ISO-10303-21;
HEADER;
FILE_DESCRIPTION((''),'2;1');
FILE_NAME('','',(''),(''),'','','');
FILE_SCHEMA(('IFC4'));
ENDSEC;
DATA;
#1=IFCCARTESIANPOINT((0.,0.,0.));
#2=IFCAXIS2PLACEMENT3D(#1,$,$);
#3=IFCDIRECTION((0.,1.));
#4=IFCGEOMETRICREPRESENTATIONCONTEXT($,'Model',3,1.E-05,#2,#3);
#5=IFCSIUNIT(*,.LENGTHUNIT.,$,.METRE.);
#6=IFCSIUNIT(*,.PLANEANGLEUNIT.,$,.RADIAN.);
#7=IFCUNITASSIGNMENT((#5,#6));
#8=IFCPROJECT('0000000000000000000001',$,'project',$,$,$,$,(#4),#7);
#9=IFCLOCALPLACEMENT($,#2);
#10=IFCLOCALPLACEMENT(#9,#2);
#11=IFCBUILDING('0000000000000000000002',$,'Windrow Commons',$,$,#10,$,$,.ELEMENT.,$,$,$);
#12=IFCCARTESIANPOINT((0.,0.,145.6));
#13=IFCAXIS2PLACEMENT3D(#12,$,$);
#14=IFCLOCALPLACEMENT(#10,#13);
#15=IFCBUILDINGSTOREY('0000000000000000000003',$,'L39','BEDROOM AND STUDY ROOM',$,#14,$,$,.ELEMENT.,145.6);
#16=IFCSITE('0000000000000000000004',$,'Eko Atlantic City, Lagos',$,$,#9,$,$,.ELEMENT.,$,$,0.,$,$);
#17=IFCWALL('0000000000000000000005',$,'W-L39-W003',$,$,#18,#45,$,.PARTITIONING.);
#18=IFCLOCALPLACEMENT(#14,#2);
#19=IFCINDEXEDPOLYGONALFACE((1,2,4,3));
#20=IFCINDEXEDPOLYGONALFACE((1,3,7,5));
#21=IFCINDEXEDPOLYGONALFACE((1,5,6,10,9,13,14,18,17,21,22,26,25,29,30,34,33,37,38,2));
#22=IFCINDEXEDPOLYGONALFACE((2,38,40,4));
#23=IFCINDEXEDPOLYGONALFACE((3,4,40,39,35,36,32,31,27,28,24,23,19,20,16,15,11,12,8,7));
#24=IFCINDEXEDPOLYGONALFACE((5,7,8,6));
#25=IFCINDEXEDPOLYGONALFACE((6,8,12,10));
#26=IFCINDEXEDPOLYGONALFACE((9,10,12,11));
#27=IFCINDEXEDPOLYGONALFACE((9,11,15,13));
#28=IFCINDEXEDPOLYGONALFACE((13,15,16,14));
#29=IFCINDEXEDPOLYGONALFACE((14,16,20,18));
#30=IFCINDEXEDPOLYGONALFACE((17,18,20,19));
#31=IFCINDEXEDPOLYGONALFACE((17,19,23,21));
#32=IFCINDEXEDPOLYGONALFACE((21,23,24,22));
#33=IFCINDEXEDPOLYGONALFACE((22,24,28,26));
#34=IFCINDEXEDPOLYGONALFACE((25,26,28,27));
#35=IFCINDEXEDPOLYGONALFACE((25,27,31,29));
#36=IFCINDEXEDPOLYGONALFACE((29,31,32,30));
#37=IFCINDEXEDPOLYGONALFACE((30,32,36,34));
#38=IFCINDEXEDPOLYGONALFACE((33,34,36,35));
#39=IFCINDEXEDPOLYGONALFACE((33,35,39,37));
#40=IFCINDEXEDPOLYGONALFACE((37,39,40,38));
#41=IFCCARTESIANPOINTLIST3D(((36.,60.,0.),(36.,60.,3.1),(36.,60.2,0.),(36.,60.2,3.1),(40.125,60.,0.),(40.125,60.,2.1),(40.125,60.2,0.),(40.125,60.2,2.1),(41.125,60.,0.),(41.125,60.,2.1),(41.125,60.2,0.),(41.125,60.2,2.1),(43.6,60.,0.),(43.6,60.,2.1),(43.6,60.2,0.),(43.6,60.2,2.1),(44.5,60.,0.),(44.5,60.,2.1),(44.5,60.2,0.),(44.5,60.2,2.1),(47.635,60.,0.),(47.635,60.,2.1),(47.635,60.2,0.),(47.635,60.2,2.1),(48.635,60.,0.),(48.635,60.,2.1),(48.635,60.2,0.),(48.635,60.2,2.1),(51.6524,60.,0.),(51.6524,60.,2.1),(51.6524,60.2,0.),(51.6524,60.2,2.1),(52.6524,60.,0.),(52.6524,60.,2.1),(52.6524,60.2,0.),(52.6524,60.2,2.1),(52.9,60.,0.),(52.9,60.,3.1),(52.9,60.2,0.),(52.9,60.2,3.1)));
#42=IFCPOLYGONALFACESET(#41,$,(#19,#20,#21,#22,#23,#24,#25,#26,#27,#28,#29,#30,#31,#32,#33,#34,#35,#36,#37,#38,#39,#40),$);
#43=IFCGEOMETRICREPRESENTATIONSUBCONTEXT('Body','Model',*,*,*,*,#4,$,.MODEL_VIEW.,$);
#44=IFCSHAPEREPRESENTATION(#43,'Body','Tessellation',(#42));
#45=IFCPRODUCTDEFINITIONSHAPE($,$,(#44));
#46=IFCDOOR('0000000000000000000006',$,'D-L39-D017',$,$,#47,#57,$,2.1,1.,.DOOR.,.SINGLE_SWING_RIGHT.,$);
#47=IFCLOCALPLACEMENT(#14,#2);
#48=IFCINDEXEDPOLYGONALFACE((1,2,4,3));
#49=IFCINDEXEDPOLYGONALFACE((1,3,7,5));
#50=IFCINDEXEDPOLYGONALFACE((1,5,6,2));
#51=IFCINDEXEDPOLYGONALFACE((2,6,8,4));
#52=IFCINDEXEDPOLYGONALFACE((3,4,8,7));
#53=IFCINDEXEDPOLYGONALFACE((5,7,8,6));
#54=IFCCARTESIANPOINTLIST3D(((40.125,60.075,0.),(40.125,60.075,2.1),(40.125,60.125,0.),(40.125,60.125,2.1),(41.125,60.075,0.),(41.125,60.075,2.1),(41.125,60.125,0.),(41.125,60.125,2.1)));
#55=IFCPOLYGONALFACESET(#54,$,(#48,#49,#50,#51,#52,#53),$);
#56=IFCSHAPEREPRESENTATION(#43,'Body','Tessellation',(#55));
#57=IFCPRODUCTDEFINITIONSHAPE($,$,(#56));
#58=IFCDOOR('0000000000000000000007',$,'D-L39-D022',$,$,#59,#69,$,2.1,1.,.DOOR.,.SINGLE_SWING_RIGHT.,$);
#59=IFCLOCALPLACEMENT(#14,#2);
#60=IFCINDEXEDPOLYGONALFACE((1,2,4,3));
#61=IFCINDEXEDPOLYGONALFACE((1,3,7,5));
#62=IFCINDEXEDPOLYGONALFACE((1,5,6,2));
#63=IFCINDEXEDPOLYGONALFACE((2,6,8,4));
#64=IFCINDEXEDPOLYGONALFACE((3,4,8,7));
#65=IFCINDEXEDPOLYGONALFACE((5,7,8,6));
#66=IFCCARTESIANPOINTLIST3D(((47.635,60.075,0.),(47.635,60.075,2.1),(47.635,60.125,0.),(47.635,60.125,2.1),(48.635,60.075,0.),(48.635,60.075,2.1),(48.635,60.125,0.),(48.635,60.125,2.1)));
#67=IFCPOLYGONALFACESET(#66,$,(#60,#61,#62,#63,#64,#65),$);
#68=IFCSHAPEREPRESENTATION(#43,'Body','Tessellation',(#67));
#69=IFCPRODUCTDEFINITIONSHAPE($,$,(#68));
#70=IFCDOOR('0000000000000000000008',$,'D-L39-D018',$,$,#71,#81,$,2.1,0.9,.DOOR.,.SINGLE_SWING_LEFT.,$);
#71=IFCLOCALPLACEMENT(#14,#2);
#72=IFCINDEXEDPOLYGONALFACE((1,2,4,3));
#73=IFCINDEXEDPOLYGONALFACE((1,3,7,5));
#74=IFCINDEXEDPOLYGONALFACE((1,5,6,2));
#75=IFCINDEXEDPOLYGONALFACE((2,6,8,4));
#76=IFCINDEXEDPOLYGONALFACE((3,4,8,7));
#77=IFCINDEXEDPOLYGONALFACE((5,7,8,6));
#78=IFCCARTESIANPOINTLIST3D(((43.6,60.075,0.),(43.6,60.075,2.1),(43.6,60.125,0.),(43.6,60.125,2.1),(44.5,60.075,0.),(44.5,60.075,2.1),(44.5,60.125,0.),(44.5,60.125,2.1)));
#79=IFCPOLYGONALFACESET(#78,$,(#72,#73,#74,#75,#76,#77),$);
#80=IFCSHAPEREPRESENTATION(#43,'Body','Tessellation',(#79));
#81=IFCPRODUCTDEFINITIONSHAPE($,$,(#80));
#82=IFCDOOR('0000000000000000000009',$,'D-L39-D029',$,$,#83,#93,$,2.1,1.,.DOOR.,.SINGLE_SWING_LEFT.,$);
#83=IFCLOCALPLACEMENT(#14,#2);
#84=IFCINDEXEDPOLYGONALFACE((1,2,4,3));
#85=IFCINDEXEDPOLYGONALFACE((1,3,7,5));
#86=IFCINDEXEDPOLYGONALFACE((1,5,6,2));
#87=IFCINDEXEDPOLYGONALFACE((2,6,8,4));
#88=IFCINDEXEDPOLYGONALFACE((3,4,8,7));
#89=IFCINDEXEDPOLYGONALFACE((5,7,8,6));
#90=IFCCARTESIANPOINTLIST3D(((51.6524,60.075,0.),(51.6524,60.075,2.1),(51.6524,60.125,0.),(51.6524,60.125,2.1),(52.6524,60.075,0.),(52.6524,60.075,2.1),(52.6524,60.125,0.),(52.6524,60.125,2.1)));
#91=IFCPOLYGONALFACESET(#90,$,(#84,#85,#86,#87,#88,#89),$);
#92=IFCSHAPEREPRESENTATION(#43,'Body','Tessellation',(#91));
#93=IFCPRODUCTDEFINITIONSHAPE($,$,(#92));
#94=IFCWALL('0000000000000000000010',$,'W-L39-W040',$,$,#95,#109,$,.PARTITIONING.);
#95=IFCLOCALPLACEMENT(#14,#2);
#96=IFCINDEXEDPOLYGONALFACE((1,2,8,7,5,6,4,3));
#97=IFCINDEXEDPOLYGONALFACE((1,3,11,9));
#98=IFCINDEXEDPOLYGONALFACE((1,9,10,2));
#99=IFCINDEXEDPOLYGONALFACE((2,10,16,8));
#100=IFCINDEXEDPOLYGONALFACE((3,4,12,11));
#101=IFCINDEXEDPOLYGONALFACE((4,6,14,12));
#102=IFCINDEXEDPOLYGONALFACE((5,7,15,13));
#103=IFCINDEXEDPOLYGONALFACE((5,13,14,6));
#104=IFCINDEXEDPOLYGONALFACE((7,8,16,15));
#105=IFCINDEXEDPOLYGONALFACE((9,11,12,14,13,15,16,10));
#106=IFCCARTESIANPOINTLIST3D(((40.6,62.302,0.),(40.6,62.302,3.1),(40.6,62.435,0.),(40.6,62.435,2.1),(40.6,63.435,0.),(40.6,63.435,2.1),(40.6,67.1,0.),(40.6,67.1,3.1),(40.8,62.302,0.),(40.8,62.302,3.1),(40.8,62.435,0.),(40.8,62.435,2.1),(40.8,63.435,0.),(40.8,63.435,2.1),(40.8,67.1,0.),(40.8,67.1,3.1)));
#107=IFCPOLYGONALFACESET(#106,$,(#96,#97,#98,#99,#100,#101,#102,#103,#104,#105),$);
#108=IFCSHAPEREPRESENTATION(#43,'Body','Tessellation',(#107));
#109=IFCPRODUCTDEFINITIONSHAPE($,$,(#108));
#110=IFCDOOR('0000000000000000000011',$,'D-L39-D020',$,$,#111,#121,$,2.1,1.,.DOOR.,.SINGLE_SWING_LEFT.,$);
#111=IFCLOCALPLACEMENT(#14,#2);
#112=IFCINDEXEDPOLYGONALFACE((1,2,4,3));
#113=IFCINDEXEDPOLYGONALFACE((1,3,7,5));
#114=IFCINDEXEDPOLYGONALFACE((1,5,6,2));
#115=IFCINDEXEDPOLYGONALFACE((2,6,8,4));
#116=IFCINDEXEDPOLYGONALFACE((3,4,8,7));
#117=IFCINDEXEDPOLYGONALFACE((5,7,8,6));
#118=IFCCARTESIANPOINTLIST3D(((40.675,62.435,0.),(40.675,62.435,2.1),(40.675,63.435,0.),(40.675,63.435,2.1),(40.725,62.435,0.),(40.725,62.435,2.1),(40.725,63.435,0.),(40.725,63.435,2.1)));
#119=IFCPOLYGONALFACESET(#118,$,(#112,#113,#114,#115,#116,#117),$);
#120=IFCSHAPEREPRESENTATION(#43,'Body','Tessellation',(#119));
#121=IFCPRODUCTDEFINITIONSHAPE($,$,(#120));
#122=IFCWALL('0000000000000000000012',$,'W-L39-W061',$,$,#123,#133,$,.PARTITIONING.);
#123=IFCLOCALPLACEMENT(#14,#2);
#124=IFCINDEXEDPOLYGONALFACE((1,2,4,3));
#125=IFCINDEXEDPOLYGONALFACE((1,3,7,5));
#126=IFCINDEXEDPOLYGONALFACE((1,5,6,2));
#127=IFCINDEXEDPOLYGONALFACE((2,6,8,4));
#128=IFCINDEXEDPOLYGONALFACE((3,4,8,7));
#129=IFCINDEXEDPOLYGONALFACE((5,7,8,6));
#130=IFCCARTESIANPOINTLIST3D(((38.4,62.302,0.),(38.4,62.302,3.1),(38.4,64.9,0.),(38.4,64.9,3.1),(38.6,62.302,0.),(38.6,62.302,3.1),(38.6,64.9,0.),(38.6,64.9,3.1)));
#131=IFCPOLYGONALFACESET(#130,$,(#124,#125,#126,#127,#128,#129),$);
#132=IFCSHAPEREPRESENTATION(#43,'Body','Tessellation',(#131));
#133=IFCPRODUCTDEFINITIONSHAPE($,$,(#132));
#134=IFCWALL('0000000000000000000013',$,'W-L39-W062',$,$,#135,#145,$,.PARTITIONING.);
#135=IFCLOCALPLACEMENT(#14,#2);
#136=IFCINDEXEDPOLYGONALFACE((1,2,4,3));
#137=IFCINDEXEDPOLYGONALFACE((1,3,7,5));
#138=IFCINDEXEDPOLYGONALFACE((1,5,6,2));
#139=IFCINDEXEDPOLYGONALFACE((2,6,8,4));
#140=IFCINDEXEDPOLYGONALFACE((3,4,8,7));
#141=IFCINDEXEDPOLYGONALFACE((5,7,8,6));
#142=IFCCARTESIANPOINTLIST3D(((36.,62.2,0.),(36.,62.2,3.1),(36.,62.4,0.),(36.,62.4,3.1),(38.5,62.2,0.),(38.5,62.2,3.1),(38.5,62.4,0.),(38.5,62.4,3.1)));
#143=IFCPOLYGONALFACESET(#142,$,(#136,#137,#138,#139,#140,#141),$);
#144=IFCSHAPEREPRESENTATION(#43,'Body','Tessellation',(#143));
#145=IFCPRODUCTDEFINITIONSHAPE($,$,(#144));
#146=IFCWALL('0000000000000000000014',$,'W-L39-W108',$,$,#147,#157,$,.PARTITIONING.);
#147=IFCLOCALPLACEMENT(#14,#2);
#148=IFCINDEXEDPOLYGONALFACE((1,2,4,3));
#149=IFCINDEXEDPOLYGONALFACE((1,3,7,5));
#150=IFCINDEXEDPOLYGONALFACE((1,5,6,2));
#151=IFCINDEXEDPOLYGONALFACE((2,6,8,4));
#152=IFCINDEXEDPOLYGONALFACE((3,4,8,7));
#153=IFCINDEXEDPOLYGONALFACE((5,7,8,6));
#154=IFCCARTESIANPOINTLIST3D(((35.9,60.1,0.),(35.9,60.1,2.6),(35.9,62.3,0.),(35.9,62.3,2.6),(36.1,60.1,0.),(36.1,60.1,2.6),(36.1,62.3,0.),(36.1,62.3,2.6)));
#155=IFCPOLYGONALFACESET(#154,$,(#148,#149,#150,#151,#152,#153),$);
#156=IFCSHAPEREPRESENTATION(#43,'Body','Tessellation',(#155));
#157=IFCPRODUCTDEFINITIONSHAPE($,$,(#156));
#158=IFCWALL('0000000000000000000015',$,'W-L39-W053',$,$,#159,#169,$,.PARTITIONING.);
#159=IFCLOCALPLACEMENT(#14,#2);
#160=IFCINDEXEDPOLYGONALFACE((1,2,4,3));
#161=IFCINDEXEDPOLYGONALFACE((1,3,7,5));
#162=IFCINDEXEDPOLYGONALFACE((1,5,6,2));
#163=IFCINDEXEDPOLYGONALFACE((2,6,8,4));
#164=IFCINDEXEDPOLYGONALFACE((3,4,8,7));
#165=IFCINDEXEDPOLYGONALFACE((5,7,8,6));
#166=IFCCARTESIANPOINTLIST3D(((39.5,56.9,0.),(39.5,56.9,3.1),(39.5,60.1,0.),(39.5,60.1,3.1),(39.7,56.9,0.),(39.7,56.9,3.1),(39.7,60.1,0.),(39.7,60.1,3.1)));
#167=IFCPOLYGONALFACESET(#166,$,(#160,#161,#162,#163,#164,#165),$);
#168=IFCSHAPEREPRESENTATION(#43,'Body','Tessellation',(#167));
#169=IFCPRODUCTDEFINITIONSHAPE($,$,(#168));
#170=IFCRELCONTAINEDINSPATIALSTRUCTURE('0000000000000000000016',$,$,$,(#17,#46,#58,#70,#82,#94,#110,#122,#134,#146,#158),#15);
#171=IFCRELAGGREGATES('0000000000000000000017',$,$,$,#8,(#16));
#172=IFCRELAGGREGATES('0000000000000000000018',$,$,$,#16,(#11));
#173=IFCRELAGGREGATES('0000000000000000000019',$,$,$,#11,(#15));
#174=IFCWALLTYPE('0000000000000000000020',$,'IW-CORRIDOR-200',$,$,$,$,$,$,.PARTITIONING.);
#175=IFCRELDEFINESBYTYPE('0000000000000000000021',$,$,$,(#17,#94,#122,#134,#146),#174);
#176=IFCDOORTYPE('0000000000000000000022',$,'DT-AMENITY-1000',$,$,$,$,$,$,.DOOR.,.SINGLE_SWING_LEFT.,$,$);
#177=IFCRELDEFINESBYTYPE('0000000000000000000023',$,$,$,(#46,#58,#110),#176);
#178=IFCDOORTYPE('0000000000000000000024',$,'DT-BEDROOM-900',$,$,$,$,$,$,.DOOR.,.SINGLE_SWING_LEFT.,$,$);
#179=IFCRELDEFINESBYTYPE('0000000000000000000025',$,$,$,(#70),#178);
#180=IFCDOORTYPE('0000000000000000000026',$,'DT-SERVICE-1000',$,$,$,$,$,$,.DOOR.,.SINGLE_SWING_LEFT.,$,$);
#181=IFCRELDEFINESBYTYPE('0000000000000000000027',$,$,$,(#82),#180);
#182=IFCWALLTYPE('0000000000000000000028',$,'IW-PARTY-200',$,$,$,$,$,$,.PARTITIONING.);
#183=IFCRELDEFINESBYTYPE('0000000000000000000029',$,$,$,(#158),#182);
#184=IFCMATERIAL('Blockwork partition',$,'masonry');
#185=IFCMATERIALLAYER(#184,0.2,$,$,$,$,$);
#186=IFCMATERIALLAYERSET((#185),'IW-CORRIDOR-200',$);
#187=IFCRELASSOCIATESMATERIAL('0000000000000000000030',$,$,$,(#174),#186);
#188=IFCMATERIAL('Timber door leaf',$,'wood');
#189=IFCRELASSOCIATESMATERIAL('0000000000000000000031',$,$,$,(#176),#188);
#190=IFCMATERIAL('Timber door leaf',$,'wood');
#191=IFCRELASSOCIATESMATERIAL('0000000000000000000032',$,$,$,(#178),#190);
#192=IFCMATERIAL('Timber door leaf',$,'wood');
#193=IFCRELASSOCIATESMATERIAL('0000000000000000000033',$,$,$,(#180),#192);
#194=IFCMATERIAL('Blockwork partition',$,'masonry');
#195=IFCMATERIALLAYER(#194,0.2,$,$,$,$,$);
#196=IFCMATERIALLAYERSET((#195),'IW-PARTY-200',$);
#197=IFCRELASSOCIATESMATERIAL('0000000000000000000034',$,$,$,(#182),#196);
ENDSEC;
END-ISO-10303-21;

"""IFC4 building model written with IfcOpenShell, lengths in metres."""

from ifc_helpers import new_model, si_unit, direction, frame, frame_2d, origin, place, context, subcontext, project, spatial, rectangle, extrude, material, layer, layer_set, type_object, element, fill, save


model = new_model("IFC4")

# Units and contexts
model_context = context("Model", 3, precision=1e-05, world=origin(), true_north=direction((0.0, 1.0)))
body_context = subcontext(model_context, "Body", "Model", "MODEL_VIEW")
ifc_project = project(units=[si_unit("LENGTHUNIT", "METRE"), si_unit("PLANEANGLEUNIT", "RADIAN")], contexts=[model_context])

# Site, building, storey
site_placement = place(None, origin())
site = spatial("IfcSite", under=ifc_project, at=site_placement, Name="Eko Atlantic City, Lagos", CompositionType="ELEMENT", RefElevation=0.0)
building_placement = place(site_placement, origin())
building = spatial("IfcBuilding", under=site, at=building_placement, Name="Windrow Commons", CompositionType="ELEMENT")
storey_placement = place(building_placement, frame((0.0, 0.0, 145.6)))
storey = spatial("IfcBuildingStorey", under=building, at=storey_placement, Name="L39", Description="BEDROOM AND STUDY ROOM", CompositionType="ELEMENT", Elevation=145.6)

# Wall, openings, doors
ifc_material_1 = material(Name="Blockwork partition", Category="masonry")
ifc_layer_1 = layer(ifc_material_1, 0.2)
ifc_layer_set_1 = layer_set([ifc_layer_1], Name="IW-CORRIDOR-200")
wall_type_1 = type_object("IfcWallType", Name="IW-CORRIDOR-200", PredefinedType="PARTITIONING", material=ifc_layer_set_1)
wall_1_placement = place(storey_placement, frame((36.0, 60.1, 0.0), z_axis=(0.0, 0.0, 1.0), x_axis=(1.0, 0.0, 0.0)))
wall_1 = element("IfcWall", 1, at=wall_1_placement, inside=storey, type_object=wall_type_1, Name="W-L39-W003", PredefinedType="PARTITIONING", context=body_context, shape_type="SweptSolid", body=[
    extrude(rectangle(XDim=16.9, YDim=0.2, at=frame_2d((8.45, 0.0))), origin(), (0.0, 0.0, 1.0), 3.1),
])
opening_1_placement = place(wall_1_placement, frame((4.125, 0.0, 0.0)))
opening_1 = element("IfcOpeningElement", 2, at=opening_1_placement, cuts=wall_1, PredefinedType="OPENING", context=body_context, shape_type="SweptSolid", body=[
    extrude(rectangle(XDim=1.0, YDim=2.1, at=frame_2d((0.5, 1.05))), frame((0.0, 0.11, 0.0), z_axis=(0.0, -1.0, 0.0), x_axis=(1.0, 0.0, 0.0)), (0.0, 0.0, 1.0), 0.22),
])
opening_2_placement = place(wall_1_placement, frame((7.6, 0.0, 0.0)))
opening_2 = element("IfcOpeningElement", 3, at=opening_2_placement, cuts=wall_1, PredefinedType="OPENING", context=body_context, shape_type="SweptSolid", body=[
    extrude(rectangle(XDim=0.9, YDim=2.1, at=frame_2d((0.45, 1.05))), frame((0.0, 0.11, 0.0), z_axis=(0.0, -1.0, 0.0), x_axis=(1.0, 0.0, 0.0)), (0.0, 0.0, 1.0), 0.22),
])
opening_3_placement = place(wall_1_placement, frame((11.635, 0.0, 0.0)))
opening_3 = element("IfcOpeningElement", 4, at=opening_3_placement, cuts=wall_1, PredefinedType="OPENING", context=body_context, shape_type="SweptSolid", body=[
    extrude(rectangle(XDim=1.0, YDim=2.1, at=frame_2d((0.5, 1.05))), frame((0.0, 0.11, 0.0), z_axis=(0.0, -1.0, 0.0), x_axis=(1.0, 0.0, 0.0)), (0.0, 0.0, 1.0), 0.22),
])
opening_4_placement = place(wall_1_placement, frame((15.6524, 0.0, 0.0)))
opening_4 = element("IfcOpeningElement", 5, at=opening_4_placement, cuts=wall_1, PredefinedType="OPENING", context=body_context, shape_type="SweptSolid", body=[
    extrude(rectangle(XDim=1.0, YDim=2.1, at=frame_2d((0.5, 1.05))), frame((0.0, 0.11, 0.0), z_axis=(0.0, -1.0, 0.0), x_axis=(1.0, 0.0, 0.0)), (0.0, 0.0, 1.0), 0.22),
])
ifc_material_2 = material(Name="Timber door leaf", Category="wood")
door_type_1 = type_object("IfcDoorType", Name="DT-AMENITY-1000", OperationType="SINGLE_SWING_LEFT", PredefinedType="DOOR", material=ifc_material_2)
door_1_placement = place(opening_1_placement, origin())
door_1 = element("IfcDoor", 6, at=door_1_placement, inside=storey, type_object=door_type_1, Name="D-L39-D017", OperationType="SINGLE_SWING_RIGHT", OverallHeight=2.1, OverallWidth=1.0, PredefinedType="DOOR", context=body_context, shape_type="SweptSolid", body=[
    extrude(rectangle(XDim=1.0, YDim=2.1, at=frame_2d((0.5, 1.05))), frame((0.0, 0.025, 0.0), z_axis=(0.0, -1.0, 0.0), x_axis=(1.0, 0.0, 0.0)), (0.0, 0.0, 1.0), 0.05),
])
fill(opening_1, door_1)
door_2_placement = place(opening_3_placement, origin())
door_2 = element("IfcDoor", 7, at=door_2_placement, inside=storey, type_object=door_type_1, Name="D-L39-D022", OperationType="SINGLE_SWING_RIGHT", OverallHeight=2.1, OverallWidth=1.0, PredefinedType="DOOR", context=body_context, shape_type="SweptSolid", body=[
    extrude(rectangle(XDim=1.0, YDim=2.1, at=frame_2d((0.5, 1.05))), frame((0.0, 0.025, 0.0), z_axis=(0.0, -1.0, 0.0), x_axis=(1.0, 0.0, 0.0)), (0.0, 0.0, 1.0), 0.05),
])
fill(opening_3, door_2)
ifc_material_3 = material(Name="Timber door leaf", Category="wood")
door_type_2 = type_object("IfcDoorType", Name="DT-BEDROOM-900", OperationType="SINGLE_SWING_LEFT", PredefinedType="DOOR", material=ifc_material_3)
door_3_placement = place(opening_2_placement, origin())
door_3 = element("IfcDoor", 8, at=door_3_placement, inside=storey, type_object=door_type_2, Name="D-L39-D018", OperationType="SINGLE_SWING_LEFT", OverallHeight=2.1, OverallWidth=0.9, PredefinedType="DOOR", context=body_context, shape_type="SweptSolid", body=[
    extrude(rectangle(XDim=0.9, YDim=2.1, at=frame_2d((0.45, 1.05))), frame((0.0, 0.025, 0.0), z_axis=(0.0, -1.0, 0.0), x_axis=(1.0, 0.0, 0.0)), (0.0, 0.0, 1.0), 0.05),
])
fill(opening_2, door_3)
ifc_material_4 = material(Name="Timber door leaf", Category="wood")
door_type_3 = type_object("IfcDoorType", Name="DT-SERVICE-1000", OperationType="SINGLE_SWING_LEFT", PredefinedType="DOOR", material=ifc_material_4)
door_4_placement = place(opening_4_placement, origin())
door_4 = element("IfcDoor", 9, at=door_4_placement, inside=storey, type_object=door_type_3, Name="D-L39-D029", OperationType="SINGLE_SWING_LEFT", OverallHeight=2.1, OverallWidth=1.0, PredefinedType="DOOR", context=body_context, shape_type="SweptSolid", body=[
    extrude(rectangle(XDim=1.0, YDim=2.1, at=frame_2d((0.5, 1.05))), frame((0.0, 0.025, 0.0), z_axis=(0.0, -1.0, 0.0), x_axis=(1.0, 0.0, 0.0)), (0.0, 0.0, 1.0), 0.05),
])
fill(opening_4, door_4)

# Wall, opening, door
wall_2_placement = place(storey_placement, frame((40.7, 62.302, 0.0), z_axis=(0.0, 0.0, 1.0), x_axis=(0.0, 1.0, 0.0)))
wall_2 = element("IfcWall", 10, at=wall_2_placement, inside=storey, type_object=wall_type_1, Name="W-L39-W040", PredefinedType="PARTITIONING", context=body_context, shape_type="SweptSolid", body=[
    extrude(rectangle(XDim=4.798, YDim=0.2, at=frame_2d((2.399, 0.0))), origin(), (0.0, 0.0, 1.0), 3.1),
])
opening_5_placement = place(wall_2_placement, frame((0.133, 0.0, 0.0)))
opening_5 = element("IfcOpeningElement", 11, at=opening_5_placement, cuts=wall_2, PredefinedType="OPENING", context=body_context, shape_type="SweptSolid", body=[
    extrude(rectangle(XDim=1.0, YDim=2.1, at=frame_2d((0.5, 1.05))), frame((0.0, 0.11, 0.0), z_axis=(0.0, -1.0, 0.0), x_axis=(1.0, 0.0, 0.0)), (0.0, 0.0, 1.0), 0.22),
])
door_5_placement = place(opening_5_placement, origin())
door_5 = element("IfcDoor", 12, at=door_5_placement, inside=storey, type_object=door_type_1, Name="D-L39-D020", OperationType="SINGLE_SWING_LEFT", OverallHeight=2.1, OverallWidth=1.0, PredefinedType="DOOR", context=body_context, shape_type="SweptSolid", body=[
    extrude(rectangle(XDim=1.0, YDim=2.1, at=frame_2d((0.5, 1.05))), frame((0.0, 0.025, 0.0), z_axis=(0.0, -1.0, 0.0), x_axis=(1.0, 0.0, 0.0)), (0.0, 0.0, 1.0), 0.05),
])
fill(opening_5, door_5)

# Walls
wall_3_placement = place(storey_placement, frame((38.5, 62.302, 0.0), z_axis=(0.0, 0.0, 1.0), x_axis=(0.0, 1.0, 0.0)))
element("IfcWall", 13, at=wall_3_placement, inside=storey, type_object=wall_type_1, Name="W-L39-W061", PredefinedType="PARTITIONING", context=body_context, shape_type="SweptSolid", body=[
    extrude(rectangle(XDim=2.598, YDim=0.2, at=frame_2d((1.299, 0.0))), origin(), (0.0, 0.0, 1.0), 3.1),
])
wall_4_placement = place(storey_placement, frame((36.0, 62.3, 0.0), z_axis=(0.0, 0.0, 1.0), x_axis=(1.0, 0.0, 0.0)))
element("IfcWall", 14, at=wall_4_placement, inside=storey, type_object=wall_type_1, Name="W-L39-W062", PredefinedType="PARTITIONING", context=body_context, shape_type="SweptSolid", body=[
    extrude(rectangle(XDim=2.5, YDim=0.2, at=frame_2d((1.25, 0.0))), origin(), (0.0, 0.0, 1.0), 3.1),
])
wall_5_placement = place(storey_placement, frame((36.0, 60.1, 0.0), z_axis=(0.0, 0.0, 1.0), x_axis=(0.0, 1.0, 0.0)))
element("IfcWall", 15, at=wall_5_placement, inside=storey, type_object=wall_type_1, Name="W-L39-W108", PredefinedType="PARTITIONING", context=body_context, shape_type="SweptSolid", body=[
    extrude(rectangle(XDim=2.2, YDim=0.2, at=frame_2d((1.1, 0.0))), origin(), (0.0, 0.0, 1.0), 2.6),
])
ifc_material_5 = material(Name="Blockwork partition", Category="masonry")
ifc_layer_2 = layer(ifc_material_5, 0.2)
ifc_layer_set_2 = layer_set([ifc_layer_2], Name="IW-PARTY-200")
wall_type_2 = type_object("IfcWallType", Name="IW-PARTY-200", PredefinedType="PARTITIONING", material=ifc_layer_set_2)
wall_6_placement = place(storey_placement, frame((39.6, 56.9, 0.0), z_axis=(0.0, 0.0, 1.0), x_axis=(0.0, 1.0, 0.0)))
element("IfcWall", 16, at=wall_6_placement, inside=storey, type_object=wall_type_2, Name="W-L39-W053", PredefinedType="PARTITIONING", context=body_context, shape_type="SweptSolid", body=[
    extrude(rectangle(XDim=3.2, YDim=0.2, at=frame_2d((1.6, 0.0))), origin(), (0.0, 0.0, 1.0), 3.1),
])

save(model, "model.ifc")
